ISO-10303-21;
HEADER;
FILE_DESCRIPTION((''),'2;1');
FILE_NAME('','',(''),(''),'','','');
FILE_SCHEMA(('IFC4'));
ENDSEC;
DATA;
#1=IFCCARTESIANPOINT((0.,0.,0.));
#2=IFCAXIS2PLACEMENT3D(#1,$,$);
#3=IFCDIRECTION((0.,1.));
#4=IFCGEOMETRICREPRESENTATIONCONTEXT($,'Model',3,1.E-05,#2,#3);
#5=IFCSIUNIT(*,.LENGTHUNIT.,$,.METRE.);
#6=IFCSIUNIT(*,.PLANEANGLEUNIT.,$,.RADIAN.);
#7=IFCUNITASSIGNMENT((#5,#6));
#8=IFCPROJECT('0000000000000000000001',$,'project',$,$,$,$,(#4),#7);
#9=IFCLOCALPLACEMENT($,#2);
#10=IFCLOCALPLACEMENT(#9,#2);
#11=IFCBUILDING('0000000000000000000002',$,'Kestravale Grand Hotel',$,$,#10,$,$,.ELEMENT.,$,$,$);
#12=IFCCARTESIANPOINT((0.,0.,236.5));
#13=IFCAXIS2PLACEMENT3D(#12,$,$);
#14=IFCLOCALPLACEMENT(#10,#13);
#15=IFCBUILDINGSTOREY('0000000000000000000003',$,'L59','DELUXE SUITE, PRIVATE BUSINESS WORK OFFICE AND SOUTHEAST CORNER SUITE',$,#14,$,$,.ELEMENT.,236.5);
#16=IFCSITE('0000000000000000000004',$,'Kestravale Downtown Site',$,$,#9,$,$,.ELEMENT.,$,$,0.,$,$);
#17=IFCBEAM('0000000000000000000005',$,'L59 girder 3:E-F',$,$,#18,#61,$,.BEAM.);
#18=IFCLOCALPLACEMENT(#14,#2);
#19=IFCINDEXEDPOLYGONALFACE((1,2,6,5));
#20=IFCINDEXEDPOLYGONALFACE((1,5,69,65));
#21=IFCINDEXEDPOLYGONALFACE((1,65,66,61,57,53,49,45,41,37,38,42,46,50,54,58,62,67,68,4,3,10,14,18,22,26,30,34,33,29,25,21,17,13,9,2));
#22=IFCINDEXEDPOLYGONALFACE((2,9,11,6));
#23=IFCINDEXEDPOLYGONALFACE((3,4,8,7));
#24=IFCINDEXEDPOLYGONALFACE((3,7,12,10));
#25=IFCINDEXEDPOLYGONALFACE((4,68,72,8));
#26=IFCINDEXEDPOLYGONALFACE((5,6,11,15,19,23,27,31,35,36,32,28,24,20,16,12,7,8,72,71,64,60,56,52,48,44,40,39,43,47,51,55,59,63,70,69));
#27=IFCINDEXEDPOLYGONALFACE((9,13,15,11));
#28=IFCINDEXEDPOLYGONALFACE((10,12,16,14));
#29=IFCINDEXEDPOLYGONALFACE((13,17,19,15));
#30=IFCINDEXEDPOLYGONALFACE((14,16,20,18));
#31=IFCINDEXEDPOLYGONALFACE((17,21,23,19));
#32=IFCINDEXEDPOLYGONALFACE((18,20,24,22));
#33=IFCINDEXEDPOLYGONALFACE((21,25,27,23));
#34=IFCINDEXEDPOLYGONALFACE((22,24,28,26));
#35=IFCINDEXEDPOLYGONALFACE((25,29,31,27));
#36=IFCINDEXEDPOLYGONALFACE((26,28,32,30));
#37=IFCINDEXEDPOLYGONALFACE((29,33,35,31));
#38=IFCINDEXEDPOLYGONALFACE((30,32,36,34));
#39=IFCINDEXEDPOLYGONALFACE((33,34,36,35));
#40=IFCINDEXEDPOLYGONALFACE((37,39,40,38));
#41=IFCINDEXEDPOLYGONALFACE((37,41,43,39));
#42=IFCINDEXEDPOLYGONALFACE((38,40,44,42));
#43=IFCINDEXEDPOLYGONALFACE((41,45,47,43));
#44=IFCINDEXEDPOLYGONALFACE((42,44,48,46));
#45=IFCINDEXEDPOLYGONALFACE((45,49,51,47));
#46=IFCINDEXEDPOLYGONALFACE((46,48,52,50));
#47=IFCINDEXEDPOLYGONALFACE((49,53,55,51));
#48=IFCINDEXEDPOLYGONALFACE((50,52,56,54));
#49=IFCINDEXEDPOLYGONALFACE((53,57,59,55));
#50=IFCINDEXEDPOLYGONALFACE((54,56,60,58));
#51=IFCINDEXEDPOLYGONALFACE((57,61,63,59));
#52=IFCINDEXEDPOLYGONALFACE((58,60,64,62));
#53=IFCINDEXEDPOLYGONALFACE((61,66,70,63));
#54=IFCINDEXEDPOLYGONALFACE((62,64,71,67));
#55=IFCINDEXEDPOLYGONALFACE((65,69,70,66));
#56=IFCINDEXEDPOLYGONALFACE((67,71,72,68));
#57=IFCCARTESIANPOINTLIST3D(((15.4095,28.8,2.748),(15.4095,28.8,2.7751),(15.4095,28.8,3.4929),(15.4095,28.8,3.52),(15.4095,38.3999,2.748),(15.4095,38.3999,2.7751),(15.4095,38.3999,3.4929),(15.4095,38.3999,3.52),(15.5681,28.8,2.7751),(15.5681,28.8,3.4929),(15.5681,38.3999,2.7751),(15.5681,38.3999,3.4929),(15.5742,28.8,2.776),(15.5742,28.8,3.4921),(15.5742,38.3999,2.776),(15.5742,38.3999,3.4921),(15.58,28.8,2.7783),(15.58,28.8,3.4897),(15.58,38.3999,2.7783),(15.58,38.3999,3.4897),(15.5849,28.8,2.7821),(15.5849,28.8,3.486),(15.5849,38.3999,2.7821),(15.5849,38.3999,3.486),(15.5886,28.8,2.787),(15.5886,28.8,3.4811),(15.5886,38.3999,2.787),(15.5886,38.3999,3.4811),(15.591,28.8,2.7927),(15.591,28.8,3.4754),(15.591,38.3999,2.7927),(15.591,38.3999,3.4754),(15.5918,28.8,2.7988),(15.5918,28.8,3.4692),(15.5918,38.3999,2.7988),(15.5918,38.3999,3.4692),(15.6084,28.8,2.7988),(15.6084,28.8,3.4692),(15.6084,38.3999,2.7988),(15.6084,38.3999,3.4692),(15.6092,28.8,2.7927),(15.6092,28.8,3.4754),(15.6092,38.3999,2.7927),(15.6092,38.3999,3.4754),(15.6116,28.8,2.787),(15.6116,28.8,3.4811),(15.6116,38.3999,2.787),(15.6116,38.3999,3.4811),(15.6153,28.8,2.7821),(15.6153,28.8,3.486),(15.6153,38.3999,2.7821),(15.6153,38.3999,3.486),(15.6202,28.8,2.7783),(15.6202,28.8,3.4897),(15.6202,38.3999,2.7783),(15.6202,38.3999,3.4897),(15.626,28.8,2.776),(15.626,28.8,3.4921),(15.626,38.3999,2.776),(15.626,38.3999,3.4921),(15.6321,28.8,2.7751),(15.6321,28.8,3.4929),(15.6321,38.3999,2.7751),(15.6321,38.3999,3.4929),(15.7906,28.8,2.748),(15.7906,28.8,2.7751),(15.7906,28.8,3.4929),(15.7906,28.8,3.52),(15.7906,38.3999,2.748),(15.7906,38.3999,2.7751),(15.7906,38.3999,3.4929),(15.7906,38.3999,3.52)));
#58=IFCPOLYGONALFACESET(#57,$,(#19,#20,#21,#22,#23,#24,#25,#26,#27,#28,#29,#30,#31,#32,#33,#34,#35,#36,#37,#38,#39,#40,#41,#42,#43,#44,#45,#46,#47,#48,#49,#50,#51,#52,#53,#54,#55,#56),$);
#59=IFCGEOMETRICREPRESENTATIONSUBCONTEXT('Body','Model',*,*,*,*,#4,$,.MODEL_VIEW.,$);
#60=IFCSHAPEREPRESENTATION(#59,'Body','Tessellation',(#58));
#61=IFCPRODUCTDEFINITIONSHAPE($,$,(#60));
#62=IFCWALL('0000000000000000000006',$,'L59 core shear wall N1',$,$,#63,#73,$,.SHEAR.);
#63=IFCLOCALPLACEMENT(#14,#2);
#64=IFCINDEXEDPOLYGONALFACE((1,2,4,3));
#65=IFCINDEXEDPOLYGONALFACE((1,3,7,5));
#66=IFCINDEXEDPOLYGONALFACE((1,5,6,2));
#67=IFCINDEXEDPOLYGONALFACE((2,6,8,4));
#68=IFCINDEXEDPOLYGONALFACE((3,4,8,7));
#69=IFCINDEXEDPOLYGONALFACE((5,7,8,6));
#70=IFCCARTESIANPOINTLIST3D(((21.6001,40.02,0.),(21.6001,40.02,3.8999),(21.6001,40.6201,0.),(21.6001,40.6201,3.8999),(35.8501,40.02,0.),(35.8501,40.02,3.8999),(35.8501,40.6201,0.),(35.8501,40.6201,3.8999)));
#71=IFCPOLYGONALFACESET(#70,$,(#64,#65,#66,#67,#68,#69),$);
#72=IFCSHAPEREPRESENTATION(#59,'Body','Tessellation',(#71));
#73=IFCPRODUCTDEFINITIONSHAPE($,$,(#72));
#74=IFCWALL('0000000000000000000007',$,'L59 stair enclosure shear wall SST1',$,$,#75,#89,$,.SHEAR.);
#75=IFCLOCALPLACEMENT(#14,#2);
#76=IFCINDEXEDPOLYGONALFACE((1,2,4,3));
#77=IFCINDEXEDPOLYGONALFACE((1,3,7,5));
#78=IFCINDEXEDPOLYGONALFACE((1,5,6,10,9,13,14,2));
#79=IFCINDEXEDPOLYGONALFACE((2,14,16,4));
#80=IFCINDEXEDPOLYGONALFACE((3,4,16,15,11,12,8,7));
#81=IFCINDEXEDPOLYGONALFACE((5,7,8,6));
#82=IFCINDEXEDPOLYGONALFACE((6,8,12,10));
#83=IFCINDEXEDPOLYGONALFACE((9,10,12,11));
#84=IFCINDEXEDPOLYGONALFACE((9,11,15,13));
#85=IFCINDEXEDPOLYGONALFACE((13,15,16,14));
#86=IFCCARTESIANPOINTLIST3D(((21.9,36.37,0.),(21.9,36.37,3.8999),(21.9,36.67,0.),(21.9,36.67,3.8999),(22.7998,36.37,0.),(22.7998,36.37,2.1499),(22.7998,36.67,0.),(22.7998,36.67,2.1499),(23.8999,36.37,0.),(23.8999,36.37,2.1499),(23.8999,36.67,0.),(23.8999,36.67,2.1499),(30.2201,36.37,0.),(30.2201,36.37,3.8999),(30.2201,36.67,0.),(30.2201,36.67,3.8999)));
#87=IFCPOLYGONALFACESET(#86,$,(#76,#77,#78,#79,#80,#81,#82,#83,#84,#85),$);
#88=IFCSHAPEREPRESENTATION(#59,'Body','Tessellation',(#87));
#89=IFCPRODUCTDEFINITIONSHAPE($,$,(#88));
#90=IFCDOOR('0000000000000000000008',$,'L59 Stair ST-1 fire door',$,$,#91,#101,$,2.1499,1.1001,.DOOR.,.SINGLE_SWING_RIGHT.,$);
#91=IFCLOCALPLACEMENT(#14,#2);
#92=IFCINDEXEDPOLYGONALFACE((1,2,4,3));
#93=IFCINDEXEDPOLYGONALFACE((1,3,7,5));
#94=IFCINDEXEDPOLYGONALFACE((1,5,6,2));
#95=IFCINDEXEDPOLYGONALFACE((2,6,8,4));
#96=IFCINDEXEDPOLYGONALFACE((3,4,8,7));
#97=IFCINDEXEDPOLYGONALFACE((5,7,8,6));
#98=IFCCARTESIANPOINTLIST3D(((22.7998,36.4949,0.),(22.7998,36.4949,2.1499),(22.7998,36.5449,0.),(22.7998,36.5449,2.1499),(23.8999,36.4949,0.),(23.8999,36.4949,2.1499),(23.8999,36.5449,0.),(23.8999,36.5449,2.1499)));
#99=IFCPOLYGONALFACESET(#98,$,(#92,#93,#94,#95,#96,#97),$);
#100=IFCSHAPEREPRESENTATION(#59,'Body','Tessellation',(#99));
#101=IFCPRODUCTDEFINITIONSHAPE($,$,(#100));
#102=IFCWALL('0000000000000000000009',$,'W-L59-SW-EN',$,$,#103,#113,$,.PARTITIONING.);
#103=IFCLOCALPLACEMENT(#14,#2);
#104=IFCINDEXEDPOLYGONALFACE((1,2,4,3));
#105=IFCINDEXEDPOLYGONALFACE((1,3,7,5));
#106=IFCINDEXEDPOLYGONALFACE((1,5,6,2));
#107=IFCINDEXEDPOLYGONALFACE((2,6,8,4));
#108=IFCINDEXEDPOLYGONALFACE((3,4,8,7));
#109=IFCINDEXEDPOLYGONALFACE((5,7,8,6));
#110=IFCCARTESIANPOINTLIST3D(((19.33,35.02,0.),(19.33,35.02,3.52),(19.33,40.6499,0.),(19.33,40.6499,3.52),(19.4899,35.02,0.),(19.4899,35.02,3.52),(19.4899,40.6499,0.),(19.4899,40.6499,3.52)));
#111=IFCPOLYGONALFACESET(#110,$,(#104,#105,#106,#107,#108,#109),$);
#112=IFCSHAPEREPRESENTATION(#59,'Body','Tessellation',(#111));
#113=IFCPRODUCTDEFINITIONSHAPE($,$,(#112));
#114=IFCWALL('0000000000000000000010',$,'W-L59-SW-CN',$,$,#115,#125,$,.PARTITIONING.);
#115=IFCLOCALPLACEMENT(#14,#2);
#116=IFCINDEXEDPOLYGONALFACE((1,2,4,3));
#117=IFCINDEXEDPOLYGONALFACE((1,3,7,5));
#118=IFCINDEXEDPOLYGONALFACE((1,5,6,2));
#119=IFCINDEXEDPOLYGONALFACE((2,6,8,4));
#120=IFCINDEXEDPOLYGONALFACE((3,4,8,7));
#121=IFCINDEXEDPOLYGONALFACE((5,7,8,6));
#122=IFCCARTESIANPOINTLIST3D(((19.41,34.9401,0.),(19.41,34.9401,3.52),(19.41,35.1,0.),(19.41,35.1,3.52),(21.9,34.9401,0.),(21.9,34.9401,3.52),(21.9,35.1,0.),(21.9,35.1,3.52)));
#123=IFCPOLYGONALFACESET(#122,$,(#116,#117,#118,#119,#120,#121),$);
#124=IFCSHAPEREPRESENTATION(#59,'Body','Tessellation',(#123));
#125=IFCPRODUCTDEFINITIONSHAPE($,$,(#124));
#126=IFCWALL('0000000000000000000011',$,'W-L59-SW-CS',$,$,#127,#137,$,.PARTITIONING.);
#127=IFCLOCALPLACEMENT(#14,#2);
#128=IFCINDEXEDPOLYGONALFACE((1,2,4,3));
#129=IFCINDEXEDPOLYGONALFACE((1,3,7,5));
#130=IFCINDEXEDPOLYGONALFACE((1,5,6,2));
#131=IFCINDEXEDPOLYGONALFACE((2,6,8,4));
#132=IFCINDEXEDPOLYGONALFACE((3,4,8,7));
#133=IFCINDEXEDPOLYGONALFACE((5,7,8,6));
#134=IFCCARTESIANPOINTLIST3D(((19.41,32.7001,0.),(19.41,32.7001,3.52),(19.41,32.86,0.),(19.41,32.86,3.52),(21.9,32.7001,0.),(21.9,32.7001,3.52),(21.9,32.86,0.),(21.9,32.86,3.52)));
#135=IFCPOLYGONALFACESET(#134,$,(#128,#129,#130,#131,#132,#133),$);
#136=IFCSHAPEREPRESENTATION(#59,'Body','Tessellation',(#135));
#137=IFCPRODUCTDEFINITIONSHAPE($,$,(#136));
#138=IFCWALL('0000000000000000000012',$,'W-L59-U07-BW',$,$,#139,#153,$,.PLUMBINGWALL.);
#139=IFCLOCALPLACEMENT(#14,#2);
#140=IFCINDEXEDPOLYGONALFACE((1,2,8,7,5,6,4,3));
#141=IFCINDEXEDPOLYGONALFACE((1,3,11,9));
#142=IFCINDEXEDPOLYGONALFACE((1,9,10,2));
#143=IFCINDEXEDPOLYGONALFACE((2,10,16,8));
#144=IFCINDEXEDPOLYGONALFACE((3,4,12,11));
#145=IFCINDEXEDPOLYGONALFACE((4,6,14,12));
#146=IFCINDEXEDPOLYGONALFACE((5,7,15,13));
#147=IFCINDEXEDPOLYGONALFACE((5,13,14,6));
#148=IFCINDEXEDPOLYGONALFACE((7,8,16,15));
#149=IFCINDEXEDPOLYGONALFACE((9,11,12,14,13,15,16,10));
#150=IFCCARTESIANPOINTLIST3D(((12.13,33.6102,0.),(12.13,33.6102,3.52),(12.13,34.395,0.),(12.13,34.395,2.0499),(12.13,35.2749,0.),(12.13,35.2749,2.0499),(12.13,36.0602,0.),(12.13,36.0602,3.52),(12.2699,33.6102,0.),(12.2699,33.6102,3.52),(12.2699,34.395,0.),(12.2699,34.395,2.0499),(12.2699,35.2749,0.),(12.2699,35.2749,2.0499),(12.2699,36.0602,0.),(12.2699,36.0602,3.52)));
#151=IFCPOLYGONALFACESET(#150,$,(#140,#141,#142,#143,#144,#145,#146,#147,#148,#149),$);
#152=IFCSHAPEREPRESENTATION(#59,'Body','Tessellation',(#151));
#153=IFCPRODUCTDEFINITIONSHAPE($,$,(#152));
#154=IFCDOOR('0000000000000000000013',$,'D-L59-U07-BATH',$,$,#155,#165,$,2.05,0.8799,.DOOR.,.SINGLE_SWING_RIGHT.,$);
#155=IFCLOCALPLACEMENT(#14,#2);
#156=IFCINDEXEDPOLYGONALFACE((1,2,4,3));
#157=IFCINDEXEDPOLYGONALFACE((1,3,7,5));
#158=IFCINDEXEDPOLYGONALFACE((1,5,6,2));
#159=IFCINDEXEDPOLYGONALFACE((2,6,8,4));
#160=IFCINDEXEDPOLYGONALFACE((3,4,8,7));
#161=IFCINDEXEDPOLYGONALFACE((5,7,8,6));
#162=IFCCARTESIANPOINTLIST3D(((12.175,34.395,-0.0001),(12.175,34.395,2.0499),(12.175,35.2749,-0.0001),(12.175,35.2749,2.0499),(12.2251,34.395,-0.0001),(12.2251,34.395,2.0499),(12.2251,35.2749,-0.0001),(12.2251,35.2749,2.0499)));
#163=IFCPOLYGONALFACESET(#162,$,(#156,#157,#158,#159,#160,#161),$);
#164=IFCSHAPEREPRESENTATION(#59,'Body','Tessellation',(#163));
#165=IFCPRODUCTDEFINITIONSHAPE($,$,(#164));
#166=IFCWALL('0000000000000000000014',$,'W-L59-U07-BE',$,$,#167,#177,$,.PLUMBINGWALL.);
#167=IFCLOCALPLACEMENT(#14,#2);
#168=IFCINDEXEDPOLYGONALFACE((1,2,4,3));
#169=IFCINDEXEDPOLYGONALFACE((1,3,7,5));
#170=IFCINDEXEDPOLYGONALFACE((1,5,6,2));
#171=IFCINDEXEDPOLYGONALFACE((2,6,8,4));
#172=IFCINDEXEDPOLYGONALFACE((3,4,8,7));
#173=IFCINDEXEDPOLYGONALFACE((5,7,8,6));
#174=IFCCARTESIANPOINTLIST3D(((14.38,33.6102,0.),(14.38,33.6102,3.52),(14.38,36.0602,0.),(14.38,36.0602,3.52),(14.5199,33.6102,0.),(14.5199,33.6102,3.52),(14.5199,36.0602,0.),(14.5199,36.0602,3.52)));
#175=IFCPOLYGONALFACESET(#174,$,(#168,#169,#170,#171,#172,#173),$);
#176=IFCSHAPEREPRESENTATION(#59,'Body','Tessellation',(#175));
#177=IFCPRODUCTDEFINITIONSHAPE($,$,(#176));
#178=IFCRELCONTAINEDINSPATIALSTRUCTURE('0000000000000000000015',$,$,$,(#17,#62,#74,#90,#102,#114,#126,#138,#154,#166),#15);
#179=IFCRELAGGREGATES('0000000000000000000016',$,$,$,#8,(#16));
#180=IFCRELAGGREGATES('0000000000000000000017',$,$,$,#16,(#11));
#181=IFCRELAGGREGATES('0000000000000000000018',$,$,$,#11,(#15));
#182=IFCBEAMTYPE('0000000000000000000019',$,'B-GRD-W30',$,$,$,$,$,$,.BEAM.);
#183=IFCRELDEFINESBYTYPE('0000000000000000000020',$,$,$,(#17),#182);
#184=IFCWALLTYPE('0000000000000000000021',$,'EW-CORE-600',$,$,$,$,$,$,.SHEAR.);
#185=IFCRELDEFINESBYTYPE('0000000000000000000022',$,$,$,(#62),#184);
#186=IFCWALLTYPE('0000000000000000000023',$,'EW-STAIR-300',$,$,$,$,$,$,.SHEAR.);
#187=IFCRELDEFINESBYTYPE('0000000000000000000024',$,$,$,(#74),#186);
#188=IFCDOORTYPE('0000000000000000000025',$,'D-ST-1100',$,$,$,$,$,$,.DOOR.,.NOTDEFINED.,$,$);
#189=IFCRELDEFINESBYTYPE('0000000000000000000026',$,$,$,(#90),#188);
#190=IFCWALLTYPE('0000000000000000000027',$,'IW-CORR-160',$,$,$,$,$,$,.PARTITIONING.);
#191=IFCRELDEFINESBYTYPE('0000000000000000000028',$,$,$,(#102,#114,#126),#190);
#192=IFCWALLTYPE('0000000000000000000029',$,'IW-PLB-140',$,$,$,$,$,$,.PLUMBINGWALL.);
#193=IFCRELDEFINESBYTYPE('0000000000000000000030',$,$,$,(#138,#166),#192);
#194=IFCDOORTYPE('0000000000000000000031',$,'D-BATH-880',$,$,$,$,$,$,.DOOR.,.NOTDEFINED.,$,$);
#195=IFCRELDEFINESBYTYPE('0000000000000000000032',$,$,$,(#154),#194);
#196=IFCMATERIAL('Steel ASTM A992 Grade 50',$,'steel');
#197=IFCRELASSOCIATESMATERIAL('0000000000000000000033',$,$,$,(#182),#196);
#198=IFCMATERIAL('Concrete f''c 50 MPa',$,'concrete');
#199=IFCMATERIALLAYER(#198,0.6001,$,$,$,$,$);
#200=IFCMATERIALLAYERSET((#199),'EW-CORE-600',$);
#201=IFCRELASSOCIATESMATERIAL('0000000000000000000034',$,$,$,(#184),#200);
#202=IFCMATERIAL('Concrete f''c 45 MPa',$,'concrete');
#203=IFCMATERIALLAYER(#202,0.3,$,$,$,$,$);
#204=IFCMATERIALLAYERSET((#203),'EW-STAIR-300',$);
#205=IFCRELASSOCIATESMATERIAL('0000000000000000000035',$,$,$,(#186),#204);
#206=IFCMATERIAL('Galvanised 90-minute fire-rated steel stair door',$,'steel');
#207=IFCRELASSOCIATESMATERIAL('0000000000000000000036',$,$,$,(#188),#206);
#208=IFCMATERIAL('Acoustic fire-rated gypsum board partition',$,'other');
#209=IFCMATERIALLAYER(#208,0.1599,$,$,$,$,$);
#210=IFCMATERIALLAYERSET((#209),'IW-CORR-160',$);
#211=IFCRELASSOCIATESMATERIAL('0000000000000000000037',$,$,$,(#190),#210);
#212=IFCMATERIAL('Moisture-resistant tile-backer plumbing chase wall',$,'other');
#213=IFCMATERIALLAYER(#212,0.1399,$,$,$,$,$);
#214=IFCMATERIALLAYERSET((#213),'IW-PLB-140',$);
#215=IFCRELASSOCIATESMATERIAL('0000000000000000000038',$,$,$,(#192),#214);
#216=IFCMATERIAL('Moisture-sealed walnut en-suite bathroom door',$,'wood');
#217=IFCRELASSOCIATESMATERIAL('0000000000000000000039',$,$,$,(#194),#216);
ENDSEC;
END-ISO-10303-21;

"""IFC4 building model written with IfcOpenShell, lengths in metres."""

from ifc_helpers import new_model, si_unit, direction, frame, frame_2d, origin, origin_2d, place, context, subcontext, project, spatial, rectangle, i_section, extrude, material, layer, layer_set, material_profile, profile_set, type_object, element, fill, save


model = new_model("IFC4")

# Units and contexts
model_context = context("Model", 3, precision=1e-05, world=origin(), true_north=direction((0.0, 1.0)))
body_context = subcontext(model_context, "Body", "Model", "MODEL_VIEW")
ifc_project = project(units=[si_unit("LENGTHUNIT", "METRE"), si_unit("PLANEANGLEUNIT", "RADIAN")], contexts=[model_context])

# Site, building, storey
site_placement = place(None, origin())
site = spatial("IfcSite", under=ifc_project, at=site_placement, Name="Kestravale Downtown Site", CompositionType="ELEMENT", RefElevation=0.0)
building_placement = place(site_placement, origin())
building = spatial("IfcBuilding", under=site, at=building_placement, Name="Kestravale Grand Hotel", CompositionType="ELEMENT")
storey_placement = place(building_placement, frame((0.0, 0.0, 236.5)))
storey = spatial("IfcBuildingStorey", under=building, at=storey_placement, Name="L59", Description="DELUXE SUITE, PRIVATE BUSINESS WORK OFFICE AND SOUTHEAST CORNER SUITE", CompositionType="ELEMENT", Elevation=236.5)

# Beam
ifc_material_1 = material(Name="Steel ASTM A992 Grade 50", Category="steel")
ifc_material_profile_1 = material_profile(ifc_material_1, i_section(OverallWidth=0.3811, OverallDepth=0.772, WebThickness=0.0166, FlangeThickness=0.0271, FilletRadius=0.0237, at=origin_2d()))
ifc_profile_set_1 = profile_set([ifc_material_profile_1], Name="Steel ASTM A992 Grade 50")
beam_type_1 = type_object("IfcBeamType", Name="B-GRD-W30", PredefinedType="BEAM", material=ifc_profile_set_1)
beam_1_placement = place(storey_placement, frame((15.6001, 28.8, 3.134), z_axis=(0.0, 1.0, 0.0), x_axis=(-1.0, 0.0, 0.0)))
element("IfcBeam", 1, at=beam_1_placement, inside=storey, type_object=beam_type_1, Name="L59 girder 3:E-F", PredefinedType="BEAM", context=body_context, shape_type="SweptSolid", body=[
    extrude(i_section(OverallWidth=0.3811, OverallDepth=0.772, WebThickness=0.0166, FlangeThickness=0.0271, FilletRadius=0.0237, at=origin_2d()), origin(), (0.0, 0.0, 1.0), 9.5999),
])

# Wall
ifc_material_2 = material(Name="Concrete f'c 50 MPa", Category="concrete")
ifc_layer_1 = layer(ifc_material_2, 0.6001)
ifc_layer_set_1 = layer_set([ifc_layer_1], Name="EW-CORE-600")
wall_type_1 = type_object("IfcWallType", Name="EW-CORE-600", PredefinedType="SHEAR", material=ifc_layer_set_1)
wall_1_placement = place(storey_placement, frame((21.6001, 40.3201, 0.0), z_axis=(0.0, 0.0, 1.0), x_axis=(1.0, 0.0, 0.0)))
element("IfcWall", 2, at=wall_1_placement, inside=storey, type_object=wall_type_1, Name="L59 core shear wall N1", PredefinedType="SHEAR", context=body_context, shape_type="SweptSolid", body=[
    extrude(rectangle(XDim=14.25, YDim=0.6001, at=frame_2d((7.125, 0.0))), origin(), (0.0, 0.0, 1.0), 3.8999),
])

# Wall, opening, door
ifc_material_3 = material(Name="Concrete f'c 45 MPa", Category="concrete")
ifc_layer_2 = layer(ifc_material_3, 0.3)
ifc_layer_set_2 = layer_set([ifc_layer_2], Name="EW-STAIR-300")
wall_type_2 = type_object("IfcWallType", Name="EW-STAIR-300", PredefinedType="SHEAR", material=ifc_layer_set_2)
wall_2_placement = place(storey_placement, frame((21.8999, 36.52, 0.0), z_axis=(0.0, 0.0, 1.0), x_axis=(1.0, 0.0, 0.0)))
wall_2 = element("IfcWall", 3, at=wall_2_placement, inside=storey, type_object=wall_type_2, Name="L59 stair enclosure shear wall SST1", PredefinedType="SHEAR", context=body_context, shape_type="SweptSolid", body=[
    extrude(rectangle(XDim=8.3201, YDim=0.3, at=frame_2d((4.1602, 0.0))), origin(), (0.0, 0.0, 1.0), 3.8999),
])
opening_1_placement = place(wall_2_placement, frame((0.8999, 0.0, 0.0)))
opening_1 = element("IfcOpeningElement", 4, at=opening_1_placement, cuts=wall_2, PredefinedType="OPENING", context=body_context, shape_type="SweptSolid", body=[
    extrude(rectangle(XDim=1.1001, YDim=2.1499, at=frame_2d((0.55, 1.075))), frame((0.0, 0.1599, 0.0), z_axis=(0.0, -1.0, 0.0), x_axis=(1.0, 0.0, 0.0)), (0.0, 0.0, 1.0), 0.3201),
])
ifc_material_4 = material(Name="Galvanised 90-minute fire-rated steel stair door", Category="steel")
door_type_1 = type_object("IfcDoorType", Name="D-ST-1100", OperationType="NOTDEFINED", PredefinedType="DOOR", material=ifc_material_4)
door_1_placement = place(opening_1_placement, origin())
door_1 = element("IfcDoor", 5, at=door_1_placement, inside=storey, type_object=door_type_1, Name="L59 Stair ST-1 fire door", OperationType="SINGLE_SWING_RIGHT", OverallHeight=2.1499, OverallWidth=1.1001, PredefinedType="DOOR", context=body_context, shape_type="SweptSolid", body=[
    extrude(rectangle(XDim=1.1001, YDim=2.1499, at=frame_2d((0.55, 1.075))), frame((0.0, 0.0249, 0.0), z_axis=(0.0, -1.0, 0.0), x_axis=(1.0, 0.0, 0.0)), (0.0, 0.0, 1.0), 0.05),
])
fill(opening_1, door_1)

# Walls
ifc_material_5 = material(Name="Acoustic fire-rated gypsum board partition", Category="other")
ifc_layer_3 = layer(ifc_material_5, 0.1599)
ifc_layer_set_3 = layer_set([ifc_layer_3], Name="IW-CORR-160")
wall_type_3 = type_object("IfcWallType", Name="IW-CORR-160", PredefinedType="PARTITIONING", material=ifc_layer_set_3)
wall_3_placement = place(storey_placement, frame((19.4099, 35.02, 0.0), z_axis=(0.0, 0.0, 1.0), x_axis=(0.0, 1.0, 0.0)))
element("IfcWall", 6, at=wall_3_placement, inside=storey, type_object=wall_type_3, Name="W-L59-SW-EN", PredefinedType="PARTITIONING", context=body_context, shape_type="SweptSolid", body=[
    extrude(rectangle(XDim=5.6299, YDim=0.1599, at=frame_2d((2.8149, 0.0))), origin(), (0.0, 0.0, 1.0), 3.52),
])
for number, where, z_axis, x_axis, name in (
    (7, (19.4099, 35.02, 0.0), (0.0, 0.0, 1.0), (1.0, 0.0, 0.0), "W-L59-SW-CN"),
    (8, (19.4099, 32.78, 0.0), (0.0, 0.0, 1.0), (1.0, 0.0, 0.0), "W-L59-SW-CS"),
):
    element("IfcWall", number, at=place(storey_placement, frame(where, z_axis=z_axis, x_axis=x_axis)), inside=storey, type_object=wall_type_3, Name=name, PredefinedType="PARTITIONING", context=body_context, shape_type="SweptSolid", body=[
        extrude(rectangle(XDim=2.49, YDim=0.1599, at=frame_2d((1.2451, 0.0))), origin(), (0.0, 0.0, 1.0), 3.52),
    ])

# Wall, opening, door
ifc_material_6 = material(Name="Moisture-resistant tile-backer plumbing chase wall", Category="other")
ifc_layer_4 = layer(ifc_material_6, 0.1399)
ifc_layer_set_4 = layer_set([ifc_layer_4], Name="IW-PLB-140")
wall_type_4 = type_object("IfcWallType", Name="IW-PLB-140", PredefinedType="PLUMBINGWALL", material=ifc_layer_set_4)
wall_4_placement = place(storey_placement, frame((12.2, 33.6101, 0.0), z_axis=(0.0, 0.0, 1.0), x_axis=(0.0, 1.0, 0.0)))
wall_4 = element("IfcWall", 9, at=wall_4_placement, inside=storey, type_object=wall_type_4, Name="W-L59-U07-BW", PredefinedType="PLUMBINGWALL", context=body_context, shape_type="SweptSolid", body=[
    extrude(rectangle(XDim=2.45, YDim=0.1399, at=frame_2d((1.2251, 0.0))), origin(), (0.0, 0.0, 1.0), 3.52),
])
opening_2_placement = place(wall_4_placement, frame((0.7849, 0.0, 0.0)))
opening_2 = element("IfcOpeningElement", 10, at=opening_2_placement, cuts=wall_4, PredefinedType="OPENING", context=body_context, shape_type="SweptSolid", body=[
    extrude(rectangle(XDim=0.8799, YDim=2.05, at=frame_2d((0.4399, 1.0249))), frame((0.0, 0.0798, 0.0), z_axis=(0.0, -1.0, 0.0), x_axis=(1.0, 0.0, 0.0)), (0.0, 0.0, 1.0), 0.1599),
])
ifc_material_7 = material(Name="Moisture-sealed walnut en-suite bathroom door", Category="wood")
door_type_2 = type_object("IfcDoorType", Name="D-BATH-880", OperationType="NOTDEFINED", PredefinedType="DOOR", material=ifc_material_7)
door_2_placement = place(opening_2_placement, origin())
door_2 = element("IfcDoor", 11, at=door_2_placement, inside=storey, type_object=door_type_2, Name="D-L59-U07-BATH", OperationType="SINGLE_SWING_RIGHT", OverallHeight=2.05, OverallWidth=0.8799, PredefinedType="DOOR", context=body_context, shape_type="SweptSolid", body=[
    extrude(rectangle(XDim=0.8799, YDim=2.05, at=frame_2d((0.4399, 1.0249))), frame((0.0, 0.0249, 0.0), z_axis=(0.0, -1.0, 0.0), x_axis=(1.0, 0.0, 0.0)), (0.0, 0.0, 1.0), 0.05),
])
fill(opening_2, door_2)

# Wall
wall_5_placement = place(storey_placement, frame((14.45, 33.6101, 0.0), z_axis=(0.0, 0.0, 1.0), x_axis=(0.0, 1.0, 0.0)))
element("IfcWall", 12, at=wall_5_placement, inside=storey, type_object=wall_type_4, Name="W-L59-U07-BE", PredefinedType="PLUMBINGWALL", context=body_context, shape_type="SweptSolid", body=[
    extrude(rectangle(XDim=2.45, YDim=0.1399, at=frame_2d((1.2251, 0.0))), origin(), (0.0, 0.0, 1.0), 3.52),
])

save(model, "model.ifc")
